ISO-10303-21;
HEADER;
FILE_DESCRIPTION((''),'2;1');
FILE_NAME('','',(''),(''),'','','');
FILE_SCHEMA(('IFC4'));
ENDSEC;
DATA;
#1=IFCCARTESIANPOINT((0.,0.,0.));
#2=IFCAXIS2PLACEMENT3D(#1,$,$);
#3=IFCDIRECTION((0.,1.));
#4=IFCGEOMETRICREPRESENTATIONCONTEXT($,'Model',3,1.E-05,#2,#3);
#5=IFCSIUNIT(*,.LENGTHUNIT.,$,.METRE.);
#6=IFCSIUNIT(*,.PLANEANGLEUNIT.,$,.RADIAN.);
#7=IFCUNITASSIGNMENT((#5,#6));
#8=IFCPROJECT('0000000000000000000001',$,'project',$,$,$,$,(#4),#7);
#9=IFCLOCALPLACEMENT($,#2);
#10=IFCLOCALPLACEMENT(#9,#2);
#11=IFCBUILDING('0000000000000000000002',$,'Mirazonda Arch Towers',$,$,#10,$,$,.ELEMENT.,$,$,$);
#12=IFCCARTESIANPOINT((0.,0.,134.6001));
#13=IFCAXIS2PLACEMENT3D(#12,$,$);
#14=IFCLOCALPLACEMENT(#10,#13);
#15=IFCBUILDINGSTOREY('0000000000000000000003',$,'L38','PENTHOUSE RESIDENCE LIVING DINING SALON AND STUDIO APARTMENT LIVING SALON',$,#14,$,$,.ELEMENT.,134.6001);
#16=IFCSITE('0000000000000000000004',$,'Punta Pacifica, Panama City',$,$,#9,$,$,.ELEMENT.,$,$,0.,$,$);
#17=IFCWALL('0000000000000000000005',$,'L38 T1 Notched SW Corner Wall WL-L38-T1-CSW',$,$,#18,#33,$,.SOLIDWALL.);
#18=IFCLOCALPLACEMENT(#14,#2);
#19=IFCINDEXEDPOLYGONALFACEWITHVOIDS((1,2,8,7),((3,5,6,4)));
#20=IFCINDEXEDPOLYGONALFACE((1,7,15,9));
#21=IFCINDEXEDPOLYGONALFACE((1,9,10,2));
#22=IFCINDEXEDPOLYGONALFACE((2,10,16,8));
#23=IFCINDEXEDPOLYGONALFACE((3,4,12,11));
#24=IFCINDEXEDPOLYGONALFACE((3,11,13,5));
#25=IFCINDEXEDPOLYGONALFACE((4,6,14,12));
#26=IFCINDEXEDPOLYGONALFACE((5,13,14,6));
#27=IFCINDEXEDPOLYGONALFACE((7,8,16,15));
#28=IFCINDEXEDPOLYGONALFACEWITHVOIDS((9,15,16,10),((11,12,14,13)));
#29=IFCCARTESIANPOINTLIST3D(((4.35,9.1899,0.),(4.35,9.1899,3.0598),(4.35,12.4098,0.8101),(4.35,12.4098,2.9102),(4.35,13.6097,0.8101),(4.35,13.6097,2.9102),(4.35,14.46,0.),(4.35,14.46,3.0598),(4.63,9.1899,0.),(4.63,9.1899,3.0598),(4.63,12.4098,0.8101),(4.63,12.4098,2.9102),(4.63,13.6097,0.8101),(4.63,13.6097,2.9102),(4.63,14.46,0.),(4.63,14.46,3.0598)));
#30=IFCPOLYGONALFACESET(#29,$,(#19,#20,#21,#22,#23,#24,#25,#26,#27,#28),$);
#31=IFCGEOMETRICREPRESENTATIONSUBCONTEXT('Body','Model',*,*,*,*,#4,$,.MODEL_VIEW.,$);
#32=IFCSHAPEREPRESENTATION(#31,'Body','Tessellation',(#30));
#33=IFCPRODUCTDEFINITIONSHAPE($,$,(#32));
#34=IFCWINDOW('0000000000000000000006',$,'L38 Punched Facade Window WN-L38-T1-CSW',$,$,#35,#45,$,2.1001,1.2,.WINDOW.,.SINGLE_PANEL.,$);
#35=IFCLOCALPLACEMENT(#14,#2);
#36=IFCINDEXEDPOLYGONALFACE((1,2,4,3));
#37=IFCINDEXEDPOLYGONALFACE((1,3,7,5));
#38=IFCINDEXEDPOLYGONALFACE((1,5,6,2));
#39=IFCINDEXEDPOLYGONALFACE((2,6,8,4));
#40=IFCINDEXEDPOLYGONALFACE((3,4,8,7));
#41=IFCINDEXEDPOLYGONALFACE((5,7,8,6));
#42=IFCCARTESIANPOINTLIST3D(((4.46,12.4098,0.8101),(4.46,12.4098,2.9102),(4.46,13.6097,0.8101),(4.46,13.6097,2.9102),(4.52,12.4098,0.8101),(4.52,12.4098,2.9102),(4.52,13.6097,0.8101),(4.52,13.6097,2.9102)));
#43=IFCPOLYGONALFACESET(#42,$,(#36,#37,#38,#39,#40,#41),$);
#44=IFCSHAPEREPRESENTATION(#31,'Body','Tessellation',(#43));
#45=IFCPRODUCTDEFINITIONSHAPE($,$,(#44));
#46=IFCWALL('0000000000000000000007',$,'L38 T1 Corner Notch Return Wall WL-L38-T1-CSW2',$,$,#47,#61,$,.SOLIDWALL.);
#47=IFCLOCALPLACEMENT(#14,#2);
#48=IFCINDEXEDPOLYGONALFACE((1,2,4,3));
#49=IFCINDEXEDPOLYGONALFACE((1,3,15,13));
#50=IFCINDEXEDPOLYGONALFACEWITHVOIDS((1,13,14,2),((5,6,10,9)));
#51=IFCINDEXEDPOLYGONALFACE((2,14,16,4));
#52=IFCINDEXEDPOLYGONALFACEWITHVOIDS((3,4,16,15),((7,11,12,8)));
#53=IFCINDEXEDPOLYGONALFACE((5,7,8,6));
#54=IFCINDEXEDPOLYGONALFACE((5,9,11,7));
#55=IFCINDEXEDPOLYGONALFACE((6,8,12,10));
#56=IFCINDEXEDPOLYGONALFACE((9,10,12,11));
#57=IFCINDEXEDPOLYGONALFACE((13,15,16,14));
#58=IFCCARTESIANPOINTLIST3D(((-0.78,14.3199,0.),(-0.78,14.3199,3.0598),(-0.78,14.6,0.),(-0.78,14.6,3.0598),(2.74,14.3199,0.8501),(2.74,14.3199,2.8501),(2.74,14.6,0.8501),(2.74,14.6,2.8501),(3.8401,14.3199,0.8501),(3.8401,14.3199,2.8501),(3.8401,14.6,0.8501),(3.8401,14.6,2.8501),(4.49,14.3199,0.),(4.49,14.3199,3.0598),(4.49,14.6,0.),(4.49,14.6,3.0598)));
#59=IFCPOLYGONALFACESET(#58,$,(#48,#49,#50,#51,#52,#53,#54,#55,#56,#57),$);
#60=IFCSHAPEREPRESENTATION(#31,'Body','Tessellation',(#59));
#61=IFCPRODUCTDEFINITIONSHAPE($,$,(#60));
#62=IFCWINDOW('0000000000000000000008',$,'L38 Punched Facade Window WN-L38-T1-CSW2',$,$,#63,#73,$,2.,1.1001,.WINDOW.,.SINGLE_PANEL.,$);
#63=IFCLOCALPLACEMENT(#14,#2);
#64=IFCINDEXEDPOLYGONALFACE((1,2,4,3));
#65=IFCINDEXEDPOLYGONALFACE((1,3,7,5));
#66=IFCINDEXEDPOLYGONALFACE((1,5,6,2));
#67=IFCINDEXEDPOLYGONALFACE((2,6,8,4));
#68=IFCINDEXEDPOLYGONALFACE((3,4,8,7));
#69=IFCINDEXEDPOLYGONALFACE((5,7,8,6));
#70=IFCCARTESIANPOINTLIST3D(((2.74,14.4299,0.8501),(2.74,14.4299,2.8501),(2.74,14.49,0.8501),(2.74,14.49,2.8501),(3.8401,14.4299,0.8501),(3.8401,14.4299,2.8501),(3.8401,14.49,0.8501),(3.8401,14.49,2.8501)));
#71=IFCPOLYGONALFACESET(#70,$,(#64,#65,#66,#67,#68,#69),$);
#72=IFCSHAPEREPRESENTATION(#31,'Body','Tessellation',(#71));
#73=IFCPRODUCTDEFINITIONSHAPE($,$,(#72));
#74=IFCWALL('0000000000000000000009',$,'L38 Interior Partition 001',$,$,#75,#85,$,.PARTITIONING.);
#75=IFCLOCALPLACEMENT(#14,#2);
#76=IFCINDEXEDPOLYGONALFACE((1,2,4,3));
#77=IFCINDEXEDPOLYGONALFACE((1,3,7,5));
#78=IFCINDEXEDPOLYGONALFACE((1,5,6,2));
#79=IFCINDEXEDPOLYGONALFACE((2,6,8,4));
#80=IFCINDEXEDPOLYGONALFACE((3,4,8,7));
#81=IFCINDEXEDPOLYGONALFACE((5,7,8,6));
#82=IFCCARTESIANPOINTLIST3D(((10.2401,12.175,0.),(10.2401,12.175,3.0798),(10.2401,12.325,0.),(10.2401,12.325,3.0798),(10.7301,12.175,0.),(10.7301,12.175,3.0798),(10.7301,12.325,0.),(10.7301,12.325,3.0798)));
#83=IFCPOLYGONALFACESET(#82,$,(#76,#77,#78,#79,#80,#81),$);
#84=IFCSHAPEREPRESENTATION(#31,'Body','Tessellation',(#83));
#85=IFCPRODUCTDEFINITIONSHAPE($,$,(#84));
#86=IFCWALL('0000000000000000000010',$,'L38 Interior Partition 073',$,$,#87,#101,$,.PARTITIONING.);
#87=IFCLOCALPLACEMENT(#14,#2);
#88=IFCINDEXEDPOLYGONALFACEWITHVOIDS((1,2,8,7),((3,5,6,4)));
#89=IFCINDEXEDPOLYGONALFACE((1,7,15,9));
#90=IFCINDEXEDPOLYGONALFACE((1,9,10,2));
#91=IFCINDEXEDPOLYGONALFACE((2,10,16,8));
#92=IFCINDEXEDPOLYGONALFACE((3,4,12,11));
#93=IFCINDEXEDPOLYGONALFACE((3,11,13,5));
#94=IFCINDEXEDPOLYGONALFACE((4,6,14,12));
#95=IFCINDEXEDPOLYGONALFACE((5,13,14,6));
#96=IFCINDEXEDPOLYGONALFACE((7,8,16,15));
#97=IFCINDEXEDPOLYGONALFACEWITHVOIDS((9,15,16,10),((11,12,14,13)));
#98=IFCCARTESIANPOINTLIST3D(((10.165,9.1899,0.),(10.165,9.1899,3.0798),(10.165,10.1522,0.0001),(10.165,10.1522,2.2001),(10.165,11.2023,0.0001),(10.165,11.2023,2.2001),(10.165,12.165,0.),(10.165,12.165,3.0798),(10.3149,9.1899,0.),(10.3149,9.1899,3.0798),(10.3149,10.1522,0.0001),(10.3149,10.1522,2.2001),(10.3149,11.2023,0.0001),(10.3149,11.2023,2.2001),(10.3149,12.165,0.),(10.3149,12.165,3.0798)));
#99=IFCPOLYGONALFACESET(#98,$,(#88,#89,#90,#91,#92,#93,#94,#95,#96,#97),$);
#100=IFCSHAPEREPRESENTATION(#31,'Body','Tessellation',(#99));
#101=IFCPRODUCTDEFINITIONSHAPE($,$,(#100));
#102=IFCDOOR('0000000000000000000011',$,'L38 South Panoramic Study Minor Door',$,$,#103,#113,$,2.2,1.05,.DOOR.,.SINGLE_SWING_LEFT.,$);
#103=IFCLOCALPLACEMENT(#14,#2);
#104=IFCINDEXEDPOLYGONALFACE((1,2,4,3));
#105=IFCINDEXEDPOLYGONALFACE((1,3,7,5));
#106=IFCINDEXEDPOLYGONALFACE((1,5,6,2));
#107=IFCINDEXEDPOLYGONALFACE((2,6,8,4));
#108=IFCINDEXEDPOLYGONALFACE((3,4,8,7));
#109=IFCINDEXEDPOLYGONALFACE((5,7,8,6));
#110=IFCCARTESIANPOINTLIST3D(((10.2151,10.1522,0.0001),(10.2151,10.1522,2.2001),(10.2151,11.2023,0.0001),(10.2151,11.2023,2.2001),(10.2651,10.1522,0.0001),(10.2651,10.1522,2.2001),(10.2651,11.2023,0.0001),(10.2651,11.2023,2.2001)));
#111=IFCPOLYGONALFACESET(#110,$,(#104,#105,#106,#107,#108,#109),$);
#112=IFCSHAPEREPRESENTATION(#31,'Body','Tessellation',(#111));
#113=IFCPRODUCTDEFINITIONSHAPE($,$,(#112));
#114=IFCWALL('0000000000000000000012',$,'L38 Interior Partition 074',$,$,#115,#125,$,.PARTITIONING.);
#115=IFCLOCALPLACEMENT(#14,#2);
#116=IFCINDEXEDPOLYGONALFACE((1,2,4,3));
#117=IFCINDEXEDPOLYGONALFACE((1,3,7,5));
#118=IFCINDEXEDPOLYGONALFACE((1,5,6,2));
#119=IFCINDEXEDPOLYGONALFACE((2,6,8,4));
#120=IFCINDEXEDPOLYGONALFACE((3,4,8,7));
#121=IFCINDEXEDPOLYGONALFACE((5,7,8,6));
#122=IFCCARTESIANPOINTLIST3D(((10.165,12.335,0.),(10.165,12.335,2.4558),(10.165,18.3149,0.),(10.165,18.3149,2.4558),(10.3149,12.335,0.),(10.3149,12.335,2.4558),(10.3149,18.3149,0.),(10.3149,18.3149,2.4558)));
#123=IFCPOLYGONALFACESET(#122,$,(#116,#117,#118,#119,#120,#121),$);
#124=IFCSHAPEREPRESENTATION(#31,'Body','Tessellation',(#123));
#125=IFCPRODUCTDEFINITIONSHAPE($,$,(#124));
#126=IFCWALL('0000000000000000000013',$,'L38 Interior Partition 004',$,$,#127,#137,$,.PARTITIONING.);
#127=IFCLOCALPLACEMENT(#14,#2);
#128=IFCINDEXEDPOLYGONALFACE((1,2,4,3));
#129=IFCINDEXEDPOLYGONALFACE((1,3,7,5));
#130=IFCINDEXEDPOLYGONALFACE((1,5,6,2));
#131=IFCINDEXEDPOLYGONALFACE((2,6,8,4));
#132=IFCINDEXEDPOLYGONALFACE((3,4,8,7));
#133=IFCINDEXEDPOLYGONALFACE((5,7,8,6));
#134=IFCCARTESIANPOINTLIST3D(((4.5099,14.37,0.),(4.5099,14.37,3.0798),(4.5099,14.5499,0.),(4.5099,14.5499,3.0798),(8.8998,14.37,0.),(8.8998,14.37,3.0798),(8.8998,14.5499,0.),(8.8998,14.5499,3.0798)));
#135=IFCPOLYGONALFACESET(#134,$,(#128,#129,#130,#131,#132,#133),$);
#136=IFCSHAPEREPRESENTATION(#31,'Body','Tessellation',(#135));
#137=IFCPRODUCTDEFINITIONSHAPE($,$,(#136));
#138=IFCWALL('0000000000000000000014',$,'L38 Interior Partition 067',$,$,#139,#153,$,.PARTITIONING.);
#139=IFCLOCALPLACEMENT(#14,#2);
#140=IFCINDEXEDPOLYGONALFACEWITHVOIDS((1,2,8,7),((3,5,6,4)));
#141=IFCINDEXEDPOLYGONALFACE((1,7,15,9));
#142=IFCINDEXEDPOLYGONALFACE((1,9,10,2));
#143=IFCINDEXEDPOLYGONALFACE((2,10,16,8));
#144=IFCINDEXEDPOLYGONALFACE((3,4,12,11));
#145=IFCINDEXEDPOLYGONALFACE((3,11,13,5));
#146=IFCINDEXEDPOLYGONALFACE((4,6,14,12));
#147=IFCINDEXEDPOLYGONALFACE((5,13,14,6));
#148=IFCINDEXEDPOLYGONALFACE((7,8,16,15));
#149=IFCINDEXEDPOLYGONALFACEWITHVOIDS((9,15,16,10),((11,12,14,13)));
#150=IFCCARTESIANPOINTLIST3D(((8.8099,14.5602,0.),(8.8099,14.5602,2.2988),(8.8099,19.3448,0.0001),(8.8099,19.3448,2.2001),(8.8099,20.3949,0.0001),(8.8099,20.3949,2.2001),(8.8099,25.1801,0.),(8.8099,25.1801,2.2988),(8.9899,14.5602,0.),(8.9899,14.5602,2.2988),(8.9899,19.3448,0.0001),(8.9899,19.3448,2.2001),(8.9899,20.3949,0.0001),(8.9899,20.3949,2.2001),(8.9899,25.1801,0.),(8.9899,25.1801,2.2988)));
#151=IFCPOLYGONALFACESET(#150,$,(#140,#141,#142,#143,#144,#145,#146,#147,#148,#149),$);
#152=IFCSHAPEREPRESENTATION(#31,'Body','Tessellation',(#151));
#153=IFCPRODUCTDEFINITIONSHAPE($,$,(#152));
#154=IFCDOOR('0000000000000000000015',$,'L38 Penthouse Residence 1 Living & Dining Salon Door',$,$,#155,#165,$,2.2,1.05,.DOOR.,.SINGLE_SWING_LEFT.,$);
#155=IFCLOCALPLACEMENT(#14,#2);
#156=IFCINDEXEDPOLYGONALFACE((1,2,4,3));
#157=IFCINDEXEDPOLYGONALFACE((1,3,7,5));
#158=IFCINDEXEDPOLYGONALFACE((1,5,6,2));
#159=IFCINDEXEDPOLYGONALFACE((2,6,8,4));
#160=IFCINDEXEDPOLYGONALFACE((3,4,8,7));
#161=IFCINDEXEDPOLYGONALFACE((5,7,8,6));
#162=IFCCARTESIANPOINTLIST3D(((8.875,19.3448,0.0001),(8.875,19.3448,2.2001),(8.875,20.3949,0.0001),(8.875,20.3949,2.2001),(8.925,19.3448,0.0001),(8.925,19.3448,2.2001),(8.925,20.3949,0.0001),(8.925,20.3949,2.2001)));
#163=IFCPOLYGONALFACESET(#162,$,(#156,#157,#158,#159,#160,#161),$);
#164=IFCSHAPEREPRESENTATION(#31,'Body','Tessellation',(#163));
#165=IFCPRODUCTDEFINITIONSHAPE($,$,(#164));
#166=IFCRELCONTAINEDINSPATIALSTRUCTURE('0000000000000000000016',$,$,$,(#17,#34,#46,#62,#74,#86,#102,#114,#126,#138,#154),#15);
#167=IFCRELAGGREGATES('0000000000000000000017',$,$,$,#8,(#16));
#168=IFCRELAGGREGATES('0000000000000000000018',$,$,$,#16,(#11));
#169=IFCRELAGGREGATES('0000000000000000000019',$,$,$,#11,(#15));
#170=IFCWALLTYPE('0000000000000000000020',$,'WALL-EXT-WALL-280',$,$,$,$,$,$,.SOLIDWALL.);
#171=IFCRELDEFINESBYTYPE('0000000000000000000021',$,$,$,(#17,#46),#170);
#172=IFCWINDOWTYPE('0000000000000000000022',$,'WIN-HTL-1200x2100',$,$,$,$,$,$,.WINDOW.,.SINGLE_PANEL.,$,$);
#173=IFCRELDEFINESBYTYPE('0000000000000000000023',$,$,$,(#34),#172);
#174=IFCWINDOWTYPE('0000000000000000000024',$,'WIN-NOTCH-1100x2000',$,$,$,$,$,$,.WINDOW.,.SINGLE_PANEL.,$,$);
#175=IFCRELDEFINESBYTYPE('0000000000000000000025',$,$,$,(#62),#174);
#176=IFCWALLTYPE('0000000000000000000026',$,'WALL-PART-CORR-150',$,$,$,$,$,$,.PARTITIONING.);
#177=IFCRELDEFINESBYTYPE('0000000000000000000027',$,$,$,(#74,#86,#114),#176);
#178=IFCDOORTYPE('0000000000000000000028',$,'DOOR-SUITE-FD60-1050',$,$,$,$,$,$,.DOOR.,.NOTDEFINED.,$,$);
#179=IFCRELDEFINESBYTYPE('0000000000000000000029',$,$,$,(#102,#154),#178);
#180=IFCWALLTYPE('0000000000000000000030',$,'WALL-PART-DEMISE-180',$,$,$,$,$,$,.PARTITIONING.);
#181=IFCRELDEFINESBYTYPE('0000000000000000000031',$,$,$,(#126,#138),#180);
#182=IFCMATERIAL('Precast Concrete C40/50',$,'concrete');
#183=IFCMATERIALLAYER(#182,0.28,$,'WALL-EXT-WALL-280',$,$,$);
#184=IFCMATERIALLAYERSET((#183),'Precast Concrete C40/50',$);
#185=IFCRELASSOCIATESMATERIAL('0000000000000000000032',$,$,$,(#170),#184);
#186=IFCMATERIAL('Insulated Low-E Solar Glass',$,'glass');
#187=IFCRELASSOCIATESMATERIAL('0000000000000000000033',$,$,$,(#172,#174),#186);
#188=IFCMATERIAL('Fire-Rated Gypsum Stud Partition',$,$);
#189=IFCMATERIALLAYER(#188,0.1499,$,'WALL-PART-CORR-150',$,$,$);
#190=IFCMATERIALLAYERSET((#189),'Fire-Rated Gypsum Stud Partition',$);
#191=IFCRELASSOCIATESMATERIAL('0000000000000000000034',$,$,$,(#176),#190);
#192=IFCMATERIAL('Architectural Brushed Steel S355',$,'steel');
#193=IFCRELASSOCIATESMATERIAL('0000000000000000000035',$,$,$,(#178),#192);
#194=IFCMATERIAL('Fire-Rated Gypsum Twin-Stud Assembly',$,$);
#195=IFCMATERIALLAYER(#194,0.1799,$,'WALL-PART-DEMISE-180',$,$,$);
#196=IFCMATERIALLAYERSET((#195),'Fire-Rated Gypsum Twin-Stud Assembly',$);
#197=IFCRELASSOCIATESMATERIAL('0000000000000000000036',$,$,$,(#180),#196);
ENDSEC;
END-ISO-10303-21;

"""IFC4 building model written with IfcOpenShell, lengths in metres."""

from ifc_helpers import new_model, si_unit, direction, frame, frame_2d, origin, place, context, subcontext, project, spatial, rectangle, extrude, material, layer, layer_set, type_object, element, fill, save


model = new_model("IFC4")

# Units and contexts
model_context = context("Model", 3, precision=1e-05, world=origin(), true_north=direction((0.0, 1.0)))
body_context = subcontext(model_context, "Body", "Model", "MODEL_VIEW")
ifc_project = project(units=[si_unit("LENGTHUNIT", "METRE"), si_unit("PLANEANGLEUNIT", "RADIAN")], contexts=[model_context])

# Site, building, storey
site_placement = place(None, origin())
site = spatial("IfcSite", under=ifc_project, at=site_placement, Name="Punta Pacifica, Panama City", CompositionType="ELEMENT", RefElevation=0.0)
building_placement = place(site_placement, origin())
building = spatial("IfcBuilding", under=site, at=building_placement, Name="Mirazonda Arch Towers", CompositionType="ELEMENT")
storey_placement = place(building_placement, frame((0.0, 0.0, 134.6001)))
storey = spatial("IfcBuildingStorey", under=building, at=storey_placement, Name="L38", Description="PENTHOUSE RESIDENCE LIVING DINING SALON AND STUDIO APARTMENT LIVING SALON", CompositionType="ELEMENT", Elevation=134.6001)

# Shared definitions
ifc_material_1 = material(Name="Insulated Low-E Solar Glass", Category="glass")

# Walls, openings, windows
ifc_material_2 = material(Name="Precast Concrete C40/50", Category="concrete")
ifc_layer_1 = layer(ifc_material_2, 0.28, Name="WALL-EXT-WALL-280")
ifc_layer_set_1 = layer_set([ifc_layer_1], Name="Precast Concrete C40/50")
wall_type_1 = type_object("IfcWallType", Name="WALL-EXT-WALL-280", PredefinedType="SOLIDWALL", material=ifc_layer_set_1)
wall_1_placement = place(storey_placement, frame((4.49, 14.46, 0.0), z_axis=(0.0, 0.0, 1.0), x_axis=(0.0, -1.0, 0.0)))
wall_1 = element("IfcWall", 1, at=wall_1_placement, inside=storey, type_object=wall_type_1, Name="L38 T1 Notched SW Corner Wall WL-L38-T1-CSW", PredefinedType="SOLIDWALL", context=body_context, shape_type="SweptSolid", body=[
    extrude(rectangle(XDim=5.27, YDim=0.28, at=frame_2d((2.635, 0.0))), origin(), (0.0, 0.0, 1.0), 3.0598),
])
opening_1_placement = place(wall_1_placement, frame((0.8501, 0.0, 0.8101)))
opening_1 = element("IfcOpeningElement", 2, at=opening_1_placement, cuts=wall_1, PredefinedType="OPENING", context=body_context, shape_type="SweptSolid", body=[
    extrude(rectangle(XDim=1.2, YDim=2.1001, at=frame_2d((0.6001, 1.05))), frame((0.0, 0.1499, 0.0), z_axis=(0.0, -1.0, 0.0), x_axis=(1.0, 0.0, 0.0)), (0.0, 0.0, 1.0), 0.3),
])
window_type_1 = type_object("IfcWindowType", Name="WIN-HTL-1200x2100", PartitioningType="SINGLE_PANEL", PredefinedType="WINDOW", material=ifc_material_1)
window_1_placement = place(opening_1_placement, origin())
window_1 = element("IfcWindow", 3, at=window_1_placement, inside=storey, type_object=window_type_1, Name="L38 Punched Facade Window WN-L38-T1-CSW", OverallHeight=2.1001, OverallWidth=1.2, PartitioningType="SINGLE_PANEL", PredefinedType="WINDOW", context=body_context, shape_type="SweptSolid", body=[
    extrude(rectangle(XDim=1.2, YDim=2.1001, at=frame_2d((0.6001, 1.05))), frame((0.0, 0.03, 0.0), z_axis=(0.0, -1.0, 0.0), x_axis=(1.0, 0.0, 0.0)), (0.0, 0.0, 1.0), 0.0601),
])
fill(opening_1, window_1)
wall_2_placement = place(storey_placement, frame((-0.78, 14.46, 0.0), z_axis=(0.0, 0.0, 1.0), x_axis=(1.0, 0.0, 0.0)))
wall_2 = element("IfcWall", 4, at=wall_2_placement, inside=storey, type_object=wall_type_1, Name="L38 T1 Corner Notch Return Wall WL-L38-T1-CSW2", PredefinedType="SOLIDWALL", context=body_context, shape_type="SweptSolid", body=[
    extrude(rectangle(XDim=5.27, YDim=0.28, at=frame_2d((2.635, 0.0))), origin(), (0.0, 0.0, 1.0), 3.0598),
])
opening_2_placement = place(wall_2_placement, frame((3.52, 0.0, 0.8501)))
opening_2 = element("IfcOpeningElement", 5, at=opening_2_placement, cuts=wall_2, PredefinedType="OPENING", context=body_context, shape_type="SweptSolid", body=[
    extrude(rectangle(XDim=1.1001, YDim=2.0, at=frame_2d((0.55, 1.0))), frame((0.0, 0.1499, 0.0), z_axis=(0.0, -1.0, 0.0), x_axis=(1.0, 0.0, 0.0)), (0.0, 0.0, 1.0), 0.3),
])
window_type_2 = type_object("IfcWindowType", Name="WIN-NOTCH-1100x2000", PartitioningType="SINGLE_PANEL", PredefinedType="WINDOW", material=ifc_material_1)
window_2_placement = place(opening_2_placement, origin())
window_2 = element("IfcWindow", 6, at=window_2_placement, inside=storey, type_object=window_type_2, Name="L38 Punched Facade Window WN-L38-T1-CSW2", OverallHeight=2.0, OverallWidth=1.1001, PartitioningType="SINGLE_PANEL", PredefinedType="WINDOW", context=body_context, shape_type="SweptSolid", body=[
    extrude(rectangle(XDim=1.1001, YDim=2.0, at=frame_2d((0.55, 1.0))), frame((0.0, 0.03, 0.0), z_axis=(0.0, -1.0, 0.0), x_axis=(1.0, 0.0, 0.0)), (0.0, 0.0, 1.0), 0.0601),
])
fill(opening_2, window_2)

# Wall
ifc_material_3 = material(Name="Fire-Rated Gypsum Stud Partition")
ifc_layer_2 = layer(ifc_material_3, 0.1499, Name="WALL-PART-CORR-150")
ifc_layer_set_2 = layer_set([ifc_layer_2], Name="Fire-Rated Gypsum Stud Partition")
wall_type_2 = type_object("IfcWallType", Name="WALL-PART-CORR-150", PredefinedType="PARTITIONING", material=ifc_layer_set_2)
wall_3_placement = place(storey_placement, frame((10.24, 12.25, 0.0), z_axis=(0.0, 0.0, 1.0), x_axis=(1.0, 0.0, 0.0)))
element("IfcWall", 7, at=wall_3_placement, inside=storey, type_object=wall_type_2, Name="L38 Interior Partition 001", PredefinedType="PARTITIONING", context=body_context, shape_type="SweptSolid", body=[
    extrude(rectangle(XDim=0.49, YDim=0.1499, at=frame_2d((0.2451, 0.0))), origin(), (0.0, 0.0, 1.0), 3.0798),
])

# Wall, opening, door
wall_4_placement = place(storey_placement, frame((10.24, 9.1899, 0.0), z_axis=(0.0, 0.0, 1.0), x_axis=(0.0, 1.0, 0.0)))
wall_4 = element("IfcWall", 8, at=wall_4_placement, inside=storey, type_object=wall_type_2, Name="L38 Interior Partition 073", PredefinedType="PARTITIONING", context=body_context, shape_type="SweptSolid", body=[
    extrude(rectangle(XDim=2.9751, YDim=0.1499, at=frame_2d((1.4875, 0.0))), origin(), (0.0, 0.0, 1.0), 3.0798),
])
opening_3_placement = place(wall_4_placement, frame((0.9624, 0.0, 0.0)))
opening_3 = element("IfcOpeningElement", 9, at=opening_3_placement, cuts=wall_4, PredefinedType="OPENING", context=body_context, shape_type="SweptSolid", body=[
    extrude(rectangle(XDim=1.05, YDim=2.2, at=frame_2d((0.5249, 1.1001))), frame((0.0, 0.085, 0.0), z_axis=(0.0, -1.0, 0.0), x_axis=(1.0, 0.0, 0.0)), (0.0, 0.0, 1.0), 0.1699),
])
ifc_material_4 = material(Name="Architectural Brushed Steel S355", Category="steel")
door_type_1 = type_object("IfcDoorType", Name="DOOR-SUITE-FD60-1050", OperationType="NOTDEFINED", PredefinedType="DOOR", material=ifc_material_4)
door_1_placement = place(opening_3_placement, origin())
door_1 = element("IfcDoor", 10, at=door_1_placement, inside=storey, type_object=door_type_1, Name="L38 South Panoramic Study Minor Door", OperationType="SINGLE_SWING_LEFT", OverallHeight=2.2, OverallWidth=1.05, PredefinedType="DOOR", context=body_context, shape_type="SweptSolid", body=[
    extrude(rectangle(XDim=1.05, YDim=2.2, at=frame_2d((0.5249, 1.1001))), frame((0.0, 0.0249, 0.0), z_axis=(0.0, -1.0, 0.0), x_axis=(1.0, 0.0, 0.0)), (0.0, 0.0, 1.0), 0.05),
])
fill(opening_3, door_1)

# Walls
wall_5_placement = place(storey_placement, frame((10.24, 12.335, 0.0), z_axis=(0.0, 0.0, 1.0), x_axis=(0.0, 1.0, 0.0)))
element("IfcWall", 11, at=wall_5_placement, inside=storey, type_object=wall_type_2, Name="L38 Interior Partition 074", PredefinedType="PARTITIONING", context=body_context, shape_type="SweptSolid", body=[
    extrude(rectangle(XDim=5.98, YDim=0.1499, at=frame_2d((2.99, 0.0))), origin(), (0.0, 0.0, 1.0), 2.4558),
])
ifc_material_5 = material(Name="Fire-Rated Gypsum Twin-Stud Assembly")
ifc_layer_3 = layer(ifc_material_5, 0.1799, Name="WALL-PART-DEMISE-180")
ifc_layer_set_3 = layer_set([ifc_layer_3], Name="Fire-Rated Gypsum Twin-Stud Assembly")
wall_type_3 = type_object("IfcWallType", Name="WALL-PART-DEMISE-180", PredefinedType="PARTITIONING", material=ifc_layer_set_3)
wall_6_placement = place(storey_placement, frame((4.51, 14.46, 0.0), z_axis=(0.0, 0.0, 1.0), x_axis=(1.0, 0.0, 0.0)))
element("IfcWall", 12, at=wall_6_placement, inside=storey, type_object=wall_type_3, Name="L38 Interior Partition 004", PredefinedType="PARTITIONING", context=body_context, shape_type="SweptSolid", body=[
    extrude(rectangle(XDim=4.3899, YDim=0.1799, at=frame_2d((2.1948, 0.0))), origin(), (0.0, 0.0, 1.0), 3.0798),
])

# Wall, opening, door
wall_7_placement = place(storey_placement, frame((8.8999, 14.5601, 0.0), z_axis=(0.0, 0.0, 1.0), x_axis=(0.0, 1.0, 0.0)))
wall_7 = element("IfcWall", 13, at=wall_7_placement, inside=storey, type_object=wall_type_3, Name="L38 Interior Partition 067", PredefinedType="PARTITIONING", context=body_context, shape_type="SweptSolid", body=[
    extrude(rectangle(XDim=10.6199, YDim=0.1799, at=frame_2d((5.3101, 0.0))), origin(), (0.0, 0.0, 1.0), 2.2988),
])
opening_4_placement = place(wall_7_placement, frame((4.7849, 0.0, 0.0)))
opening_4 = element("IfcOpeningElement", 14, at=opening_4_placement, cuts=wall_7, PredefinedType="OPENING", context=body_context, shape_type="SweptSolid", body=[
    extrude(rectangle(XDim=1.05, YDim=2.2, at=frame_2d((0.5249, 1.1001))), frame((0.0, 0.0999, 0.0), z_axis=(0.0, -1.0, 0.0), x_axis=(1.0, 0.0, 0.0)), (0.0, 0.0, 1.0), 0.2),
])
door_2_placement = place(opening_4_placement, origin())
door_2 = element("IfcDoor", 15, at=door_2_placement, inside=storey, type_object=door_type_1, Name="L38 Penthouse Residence 1 Living & Dining Salon Door", OperationType="SINGLE_SWING_LEFT", OverallHeight=2.2, OverallWidth=1.05, PredefinedType="DOOR", context=body_context, shape_type="SweptSolid", body=[
    extrude(rectangle(XDim=1.05, YDim=2.2, at=frame_2d((0.5249, 1.1001))), frame((0.0, 0.0249, 0.0), z_axis=(0.0, -1.0, 0.0), x_axis=(1.0, 0.0, 0.0)), (0.0, 0.0, 1.0), 0.05),
])
fill(opening_4, door_2)

save(model, "model.ifc")
